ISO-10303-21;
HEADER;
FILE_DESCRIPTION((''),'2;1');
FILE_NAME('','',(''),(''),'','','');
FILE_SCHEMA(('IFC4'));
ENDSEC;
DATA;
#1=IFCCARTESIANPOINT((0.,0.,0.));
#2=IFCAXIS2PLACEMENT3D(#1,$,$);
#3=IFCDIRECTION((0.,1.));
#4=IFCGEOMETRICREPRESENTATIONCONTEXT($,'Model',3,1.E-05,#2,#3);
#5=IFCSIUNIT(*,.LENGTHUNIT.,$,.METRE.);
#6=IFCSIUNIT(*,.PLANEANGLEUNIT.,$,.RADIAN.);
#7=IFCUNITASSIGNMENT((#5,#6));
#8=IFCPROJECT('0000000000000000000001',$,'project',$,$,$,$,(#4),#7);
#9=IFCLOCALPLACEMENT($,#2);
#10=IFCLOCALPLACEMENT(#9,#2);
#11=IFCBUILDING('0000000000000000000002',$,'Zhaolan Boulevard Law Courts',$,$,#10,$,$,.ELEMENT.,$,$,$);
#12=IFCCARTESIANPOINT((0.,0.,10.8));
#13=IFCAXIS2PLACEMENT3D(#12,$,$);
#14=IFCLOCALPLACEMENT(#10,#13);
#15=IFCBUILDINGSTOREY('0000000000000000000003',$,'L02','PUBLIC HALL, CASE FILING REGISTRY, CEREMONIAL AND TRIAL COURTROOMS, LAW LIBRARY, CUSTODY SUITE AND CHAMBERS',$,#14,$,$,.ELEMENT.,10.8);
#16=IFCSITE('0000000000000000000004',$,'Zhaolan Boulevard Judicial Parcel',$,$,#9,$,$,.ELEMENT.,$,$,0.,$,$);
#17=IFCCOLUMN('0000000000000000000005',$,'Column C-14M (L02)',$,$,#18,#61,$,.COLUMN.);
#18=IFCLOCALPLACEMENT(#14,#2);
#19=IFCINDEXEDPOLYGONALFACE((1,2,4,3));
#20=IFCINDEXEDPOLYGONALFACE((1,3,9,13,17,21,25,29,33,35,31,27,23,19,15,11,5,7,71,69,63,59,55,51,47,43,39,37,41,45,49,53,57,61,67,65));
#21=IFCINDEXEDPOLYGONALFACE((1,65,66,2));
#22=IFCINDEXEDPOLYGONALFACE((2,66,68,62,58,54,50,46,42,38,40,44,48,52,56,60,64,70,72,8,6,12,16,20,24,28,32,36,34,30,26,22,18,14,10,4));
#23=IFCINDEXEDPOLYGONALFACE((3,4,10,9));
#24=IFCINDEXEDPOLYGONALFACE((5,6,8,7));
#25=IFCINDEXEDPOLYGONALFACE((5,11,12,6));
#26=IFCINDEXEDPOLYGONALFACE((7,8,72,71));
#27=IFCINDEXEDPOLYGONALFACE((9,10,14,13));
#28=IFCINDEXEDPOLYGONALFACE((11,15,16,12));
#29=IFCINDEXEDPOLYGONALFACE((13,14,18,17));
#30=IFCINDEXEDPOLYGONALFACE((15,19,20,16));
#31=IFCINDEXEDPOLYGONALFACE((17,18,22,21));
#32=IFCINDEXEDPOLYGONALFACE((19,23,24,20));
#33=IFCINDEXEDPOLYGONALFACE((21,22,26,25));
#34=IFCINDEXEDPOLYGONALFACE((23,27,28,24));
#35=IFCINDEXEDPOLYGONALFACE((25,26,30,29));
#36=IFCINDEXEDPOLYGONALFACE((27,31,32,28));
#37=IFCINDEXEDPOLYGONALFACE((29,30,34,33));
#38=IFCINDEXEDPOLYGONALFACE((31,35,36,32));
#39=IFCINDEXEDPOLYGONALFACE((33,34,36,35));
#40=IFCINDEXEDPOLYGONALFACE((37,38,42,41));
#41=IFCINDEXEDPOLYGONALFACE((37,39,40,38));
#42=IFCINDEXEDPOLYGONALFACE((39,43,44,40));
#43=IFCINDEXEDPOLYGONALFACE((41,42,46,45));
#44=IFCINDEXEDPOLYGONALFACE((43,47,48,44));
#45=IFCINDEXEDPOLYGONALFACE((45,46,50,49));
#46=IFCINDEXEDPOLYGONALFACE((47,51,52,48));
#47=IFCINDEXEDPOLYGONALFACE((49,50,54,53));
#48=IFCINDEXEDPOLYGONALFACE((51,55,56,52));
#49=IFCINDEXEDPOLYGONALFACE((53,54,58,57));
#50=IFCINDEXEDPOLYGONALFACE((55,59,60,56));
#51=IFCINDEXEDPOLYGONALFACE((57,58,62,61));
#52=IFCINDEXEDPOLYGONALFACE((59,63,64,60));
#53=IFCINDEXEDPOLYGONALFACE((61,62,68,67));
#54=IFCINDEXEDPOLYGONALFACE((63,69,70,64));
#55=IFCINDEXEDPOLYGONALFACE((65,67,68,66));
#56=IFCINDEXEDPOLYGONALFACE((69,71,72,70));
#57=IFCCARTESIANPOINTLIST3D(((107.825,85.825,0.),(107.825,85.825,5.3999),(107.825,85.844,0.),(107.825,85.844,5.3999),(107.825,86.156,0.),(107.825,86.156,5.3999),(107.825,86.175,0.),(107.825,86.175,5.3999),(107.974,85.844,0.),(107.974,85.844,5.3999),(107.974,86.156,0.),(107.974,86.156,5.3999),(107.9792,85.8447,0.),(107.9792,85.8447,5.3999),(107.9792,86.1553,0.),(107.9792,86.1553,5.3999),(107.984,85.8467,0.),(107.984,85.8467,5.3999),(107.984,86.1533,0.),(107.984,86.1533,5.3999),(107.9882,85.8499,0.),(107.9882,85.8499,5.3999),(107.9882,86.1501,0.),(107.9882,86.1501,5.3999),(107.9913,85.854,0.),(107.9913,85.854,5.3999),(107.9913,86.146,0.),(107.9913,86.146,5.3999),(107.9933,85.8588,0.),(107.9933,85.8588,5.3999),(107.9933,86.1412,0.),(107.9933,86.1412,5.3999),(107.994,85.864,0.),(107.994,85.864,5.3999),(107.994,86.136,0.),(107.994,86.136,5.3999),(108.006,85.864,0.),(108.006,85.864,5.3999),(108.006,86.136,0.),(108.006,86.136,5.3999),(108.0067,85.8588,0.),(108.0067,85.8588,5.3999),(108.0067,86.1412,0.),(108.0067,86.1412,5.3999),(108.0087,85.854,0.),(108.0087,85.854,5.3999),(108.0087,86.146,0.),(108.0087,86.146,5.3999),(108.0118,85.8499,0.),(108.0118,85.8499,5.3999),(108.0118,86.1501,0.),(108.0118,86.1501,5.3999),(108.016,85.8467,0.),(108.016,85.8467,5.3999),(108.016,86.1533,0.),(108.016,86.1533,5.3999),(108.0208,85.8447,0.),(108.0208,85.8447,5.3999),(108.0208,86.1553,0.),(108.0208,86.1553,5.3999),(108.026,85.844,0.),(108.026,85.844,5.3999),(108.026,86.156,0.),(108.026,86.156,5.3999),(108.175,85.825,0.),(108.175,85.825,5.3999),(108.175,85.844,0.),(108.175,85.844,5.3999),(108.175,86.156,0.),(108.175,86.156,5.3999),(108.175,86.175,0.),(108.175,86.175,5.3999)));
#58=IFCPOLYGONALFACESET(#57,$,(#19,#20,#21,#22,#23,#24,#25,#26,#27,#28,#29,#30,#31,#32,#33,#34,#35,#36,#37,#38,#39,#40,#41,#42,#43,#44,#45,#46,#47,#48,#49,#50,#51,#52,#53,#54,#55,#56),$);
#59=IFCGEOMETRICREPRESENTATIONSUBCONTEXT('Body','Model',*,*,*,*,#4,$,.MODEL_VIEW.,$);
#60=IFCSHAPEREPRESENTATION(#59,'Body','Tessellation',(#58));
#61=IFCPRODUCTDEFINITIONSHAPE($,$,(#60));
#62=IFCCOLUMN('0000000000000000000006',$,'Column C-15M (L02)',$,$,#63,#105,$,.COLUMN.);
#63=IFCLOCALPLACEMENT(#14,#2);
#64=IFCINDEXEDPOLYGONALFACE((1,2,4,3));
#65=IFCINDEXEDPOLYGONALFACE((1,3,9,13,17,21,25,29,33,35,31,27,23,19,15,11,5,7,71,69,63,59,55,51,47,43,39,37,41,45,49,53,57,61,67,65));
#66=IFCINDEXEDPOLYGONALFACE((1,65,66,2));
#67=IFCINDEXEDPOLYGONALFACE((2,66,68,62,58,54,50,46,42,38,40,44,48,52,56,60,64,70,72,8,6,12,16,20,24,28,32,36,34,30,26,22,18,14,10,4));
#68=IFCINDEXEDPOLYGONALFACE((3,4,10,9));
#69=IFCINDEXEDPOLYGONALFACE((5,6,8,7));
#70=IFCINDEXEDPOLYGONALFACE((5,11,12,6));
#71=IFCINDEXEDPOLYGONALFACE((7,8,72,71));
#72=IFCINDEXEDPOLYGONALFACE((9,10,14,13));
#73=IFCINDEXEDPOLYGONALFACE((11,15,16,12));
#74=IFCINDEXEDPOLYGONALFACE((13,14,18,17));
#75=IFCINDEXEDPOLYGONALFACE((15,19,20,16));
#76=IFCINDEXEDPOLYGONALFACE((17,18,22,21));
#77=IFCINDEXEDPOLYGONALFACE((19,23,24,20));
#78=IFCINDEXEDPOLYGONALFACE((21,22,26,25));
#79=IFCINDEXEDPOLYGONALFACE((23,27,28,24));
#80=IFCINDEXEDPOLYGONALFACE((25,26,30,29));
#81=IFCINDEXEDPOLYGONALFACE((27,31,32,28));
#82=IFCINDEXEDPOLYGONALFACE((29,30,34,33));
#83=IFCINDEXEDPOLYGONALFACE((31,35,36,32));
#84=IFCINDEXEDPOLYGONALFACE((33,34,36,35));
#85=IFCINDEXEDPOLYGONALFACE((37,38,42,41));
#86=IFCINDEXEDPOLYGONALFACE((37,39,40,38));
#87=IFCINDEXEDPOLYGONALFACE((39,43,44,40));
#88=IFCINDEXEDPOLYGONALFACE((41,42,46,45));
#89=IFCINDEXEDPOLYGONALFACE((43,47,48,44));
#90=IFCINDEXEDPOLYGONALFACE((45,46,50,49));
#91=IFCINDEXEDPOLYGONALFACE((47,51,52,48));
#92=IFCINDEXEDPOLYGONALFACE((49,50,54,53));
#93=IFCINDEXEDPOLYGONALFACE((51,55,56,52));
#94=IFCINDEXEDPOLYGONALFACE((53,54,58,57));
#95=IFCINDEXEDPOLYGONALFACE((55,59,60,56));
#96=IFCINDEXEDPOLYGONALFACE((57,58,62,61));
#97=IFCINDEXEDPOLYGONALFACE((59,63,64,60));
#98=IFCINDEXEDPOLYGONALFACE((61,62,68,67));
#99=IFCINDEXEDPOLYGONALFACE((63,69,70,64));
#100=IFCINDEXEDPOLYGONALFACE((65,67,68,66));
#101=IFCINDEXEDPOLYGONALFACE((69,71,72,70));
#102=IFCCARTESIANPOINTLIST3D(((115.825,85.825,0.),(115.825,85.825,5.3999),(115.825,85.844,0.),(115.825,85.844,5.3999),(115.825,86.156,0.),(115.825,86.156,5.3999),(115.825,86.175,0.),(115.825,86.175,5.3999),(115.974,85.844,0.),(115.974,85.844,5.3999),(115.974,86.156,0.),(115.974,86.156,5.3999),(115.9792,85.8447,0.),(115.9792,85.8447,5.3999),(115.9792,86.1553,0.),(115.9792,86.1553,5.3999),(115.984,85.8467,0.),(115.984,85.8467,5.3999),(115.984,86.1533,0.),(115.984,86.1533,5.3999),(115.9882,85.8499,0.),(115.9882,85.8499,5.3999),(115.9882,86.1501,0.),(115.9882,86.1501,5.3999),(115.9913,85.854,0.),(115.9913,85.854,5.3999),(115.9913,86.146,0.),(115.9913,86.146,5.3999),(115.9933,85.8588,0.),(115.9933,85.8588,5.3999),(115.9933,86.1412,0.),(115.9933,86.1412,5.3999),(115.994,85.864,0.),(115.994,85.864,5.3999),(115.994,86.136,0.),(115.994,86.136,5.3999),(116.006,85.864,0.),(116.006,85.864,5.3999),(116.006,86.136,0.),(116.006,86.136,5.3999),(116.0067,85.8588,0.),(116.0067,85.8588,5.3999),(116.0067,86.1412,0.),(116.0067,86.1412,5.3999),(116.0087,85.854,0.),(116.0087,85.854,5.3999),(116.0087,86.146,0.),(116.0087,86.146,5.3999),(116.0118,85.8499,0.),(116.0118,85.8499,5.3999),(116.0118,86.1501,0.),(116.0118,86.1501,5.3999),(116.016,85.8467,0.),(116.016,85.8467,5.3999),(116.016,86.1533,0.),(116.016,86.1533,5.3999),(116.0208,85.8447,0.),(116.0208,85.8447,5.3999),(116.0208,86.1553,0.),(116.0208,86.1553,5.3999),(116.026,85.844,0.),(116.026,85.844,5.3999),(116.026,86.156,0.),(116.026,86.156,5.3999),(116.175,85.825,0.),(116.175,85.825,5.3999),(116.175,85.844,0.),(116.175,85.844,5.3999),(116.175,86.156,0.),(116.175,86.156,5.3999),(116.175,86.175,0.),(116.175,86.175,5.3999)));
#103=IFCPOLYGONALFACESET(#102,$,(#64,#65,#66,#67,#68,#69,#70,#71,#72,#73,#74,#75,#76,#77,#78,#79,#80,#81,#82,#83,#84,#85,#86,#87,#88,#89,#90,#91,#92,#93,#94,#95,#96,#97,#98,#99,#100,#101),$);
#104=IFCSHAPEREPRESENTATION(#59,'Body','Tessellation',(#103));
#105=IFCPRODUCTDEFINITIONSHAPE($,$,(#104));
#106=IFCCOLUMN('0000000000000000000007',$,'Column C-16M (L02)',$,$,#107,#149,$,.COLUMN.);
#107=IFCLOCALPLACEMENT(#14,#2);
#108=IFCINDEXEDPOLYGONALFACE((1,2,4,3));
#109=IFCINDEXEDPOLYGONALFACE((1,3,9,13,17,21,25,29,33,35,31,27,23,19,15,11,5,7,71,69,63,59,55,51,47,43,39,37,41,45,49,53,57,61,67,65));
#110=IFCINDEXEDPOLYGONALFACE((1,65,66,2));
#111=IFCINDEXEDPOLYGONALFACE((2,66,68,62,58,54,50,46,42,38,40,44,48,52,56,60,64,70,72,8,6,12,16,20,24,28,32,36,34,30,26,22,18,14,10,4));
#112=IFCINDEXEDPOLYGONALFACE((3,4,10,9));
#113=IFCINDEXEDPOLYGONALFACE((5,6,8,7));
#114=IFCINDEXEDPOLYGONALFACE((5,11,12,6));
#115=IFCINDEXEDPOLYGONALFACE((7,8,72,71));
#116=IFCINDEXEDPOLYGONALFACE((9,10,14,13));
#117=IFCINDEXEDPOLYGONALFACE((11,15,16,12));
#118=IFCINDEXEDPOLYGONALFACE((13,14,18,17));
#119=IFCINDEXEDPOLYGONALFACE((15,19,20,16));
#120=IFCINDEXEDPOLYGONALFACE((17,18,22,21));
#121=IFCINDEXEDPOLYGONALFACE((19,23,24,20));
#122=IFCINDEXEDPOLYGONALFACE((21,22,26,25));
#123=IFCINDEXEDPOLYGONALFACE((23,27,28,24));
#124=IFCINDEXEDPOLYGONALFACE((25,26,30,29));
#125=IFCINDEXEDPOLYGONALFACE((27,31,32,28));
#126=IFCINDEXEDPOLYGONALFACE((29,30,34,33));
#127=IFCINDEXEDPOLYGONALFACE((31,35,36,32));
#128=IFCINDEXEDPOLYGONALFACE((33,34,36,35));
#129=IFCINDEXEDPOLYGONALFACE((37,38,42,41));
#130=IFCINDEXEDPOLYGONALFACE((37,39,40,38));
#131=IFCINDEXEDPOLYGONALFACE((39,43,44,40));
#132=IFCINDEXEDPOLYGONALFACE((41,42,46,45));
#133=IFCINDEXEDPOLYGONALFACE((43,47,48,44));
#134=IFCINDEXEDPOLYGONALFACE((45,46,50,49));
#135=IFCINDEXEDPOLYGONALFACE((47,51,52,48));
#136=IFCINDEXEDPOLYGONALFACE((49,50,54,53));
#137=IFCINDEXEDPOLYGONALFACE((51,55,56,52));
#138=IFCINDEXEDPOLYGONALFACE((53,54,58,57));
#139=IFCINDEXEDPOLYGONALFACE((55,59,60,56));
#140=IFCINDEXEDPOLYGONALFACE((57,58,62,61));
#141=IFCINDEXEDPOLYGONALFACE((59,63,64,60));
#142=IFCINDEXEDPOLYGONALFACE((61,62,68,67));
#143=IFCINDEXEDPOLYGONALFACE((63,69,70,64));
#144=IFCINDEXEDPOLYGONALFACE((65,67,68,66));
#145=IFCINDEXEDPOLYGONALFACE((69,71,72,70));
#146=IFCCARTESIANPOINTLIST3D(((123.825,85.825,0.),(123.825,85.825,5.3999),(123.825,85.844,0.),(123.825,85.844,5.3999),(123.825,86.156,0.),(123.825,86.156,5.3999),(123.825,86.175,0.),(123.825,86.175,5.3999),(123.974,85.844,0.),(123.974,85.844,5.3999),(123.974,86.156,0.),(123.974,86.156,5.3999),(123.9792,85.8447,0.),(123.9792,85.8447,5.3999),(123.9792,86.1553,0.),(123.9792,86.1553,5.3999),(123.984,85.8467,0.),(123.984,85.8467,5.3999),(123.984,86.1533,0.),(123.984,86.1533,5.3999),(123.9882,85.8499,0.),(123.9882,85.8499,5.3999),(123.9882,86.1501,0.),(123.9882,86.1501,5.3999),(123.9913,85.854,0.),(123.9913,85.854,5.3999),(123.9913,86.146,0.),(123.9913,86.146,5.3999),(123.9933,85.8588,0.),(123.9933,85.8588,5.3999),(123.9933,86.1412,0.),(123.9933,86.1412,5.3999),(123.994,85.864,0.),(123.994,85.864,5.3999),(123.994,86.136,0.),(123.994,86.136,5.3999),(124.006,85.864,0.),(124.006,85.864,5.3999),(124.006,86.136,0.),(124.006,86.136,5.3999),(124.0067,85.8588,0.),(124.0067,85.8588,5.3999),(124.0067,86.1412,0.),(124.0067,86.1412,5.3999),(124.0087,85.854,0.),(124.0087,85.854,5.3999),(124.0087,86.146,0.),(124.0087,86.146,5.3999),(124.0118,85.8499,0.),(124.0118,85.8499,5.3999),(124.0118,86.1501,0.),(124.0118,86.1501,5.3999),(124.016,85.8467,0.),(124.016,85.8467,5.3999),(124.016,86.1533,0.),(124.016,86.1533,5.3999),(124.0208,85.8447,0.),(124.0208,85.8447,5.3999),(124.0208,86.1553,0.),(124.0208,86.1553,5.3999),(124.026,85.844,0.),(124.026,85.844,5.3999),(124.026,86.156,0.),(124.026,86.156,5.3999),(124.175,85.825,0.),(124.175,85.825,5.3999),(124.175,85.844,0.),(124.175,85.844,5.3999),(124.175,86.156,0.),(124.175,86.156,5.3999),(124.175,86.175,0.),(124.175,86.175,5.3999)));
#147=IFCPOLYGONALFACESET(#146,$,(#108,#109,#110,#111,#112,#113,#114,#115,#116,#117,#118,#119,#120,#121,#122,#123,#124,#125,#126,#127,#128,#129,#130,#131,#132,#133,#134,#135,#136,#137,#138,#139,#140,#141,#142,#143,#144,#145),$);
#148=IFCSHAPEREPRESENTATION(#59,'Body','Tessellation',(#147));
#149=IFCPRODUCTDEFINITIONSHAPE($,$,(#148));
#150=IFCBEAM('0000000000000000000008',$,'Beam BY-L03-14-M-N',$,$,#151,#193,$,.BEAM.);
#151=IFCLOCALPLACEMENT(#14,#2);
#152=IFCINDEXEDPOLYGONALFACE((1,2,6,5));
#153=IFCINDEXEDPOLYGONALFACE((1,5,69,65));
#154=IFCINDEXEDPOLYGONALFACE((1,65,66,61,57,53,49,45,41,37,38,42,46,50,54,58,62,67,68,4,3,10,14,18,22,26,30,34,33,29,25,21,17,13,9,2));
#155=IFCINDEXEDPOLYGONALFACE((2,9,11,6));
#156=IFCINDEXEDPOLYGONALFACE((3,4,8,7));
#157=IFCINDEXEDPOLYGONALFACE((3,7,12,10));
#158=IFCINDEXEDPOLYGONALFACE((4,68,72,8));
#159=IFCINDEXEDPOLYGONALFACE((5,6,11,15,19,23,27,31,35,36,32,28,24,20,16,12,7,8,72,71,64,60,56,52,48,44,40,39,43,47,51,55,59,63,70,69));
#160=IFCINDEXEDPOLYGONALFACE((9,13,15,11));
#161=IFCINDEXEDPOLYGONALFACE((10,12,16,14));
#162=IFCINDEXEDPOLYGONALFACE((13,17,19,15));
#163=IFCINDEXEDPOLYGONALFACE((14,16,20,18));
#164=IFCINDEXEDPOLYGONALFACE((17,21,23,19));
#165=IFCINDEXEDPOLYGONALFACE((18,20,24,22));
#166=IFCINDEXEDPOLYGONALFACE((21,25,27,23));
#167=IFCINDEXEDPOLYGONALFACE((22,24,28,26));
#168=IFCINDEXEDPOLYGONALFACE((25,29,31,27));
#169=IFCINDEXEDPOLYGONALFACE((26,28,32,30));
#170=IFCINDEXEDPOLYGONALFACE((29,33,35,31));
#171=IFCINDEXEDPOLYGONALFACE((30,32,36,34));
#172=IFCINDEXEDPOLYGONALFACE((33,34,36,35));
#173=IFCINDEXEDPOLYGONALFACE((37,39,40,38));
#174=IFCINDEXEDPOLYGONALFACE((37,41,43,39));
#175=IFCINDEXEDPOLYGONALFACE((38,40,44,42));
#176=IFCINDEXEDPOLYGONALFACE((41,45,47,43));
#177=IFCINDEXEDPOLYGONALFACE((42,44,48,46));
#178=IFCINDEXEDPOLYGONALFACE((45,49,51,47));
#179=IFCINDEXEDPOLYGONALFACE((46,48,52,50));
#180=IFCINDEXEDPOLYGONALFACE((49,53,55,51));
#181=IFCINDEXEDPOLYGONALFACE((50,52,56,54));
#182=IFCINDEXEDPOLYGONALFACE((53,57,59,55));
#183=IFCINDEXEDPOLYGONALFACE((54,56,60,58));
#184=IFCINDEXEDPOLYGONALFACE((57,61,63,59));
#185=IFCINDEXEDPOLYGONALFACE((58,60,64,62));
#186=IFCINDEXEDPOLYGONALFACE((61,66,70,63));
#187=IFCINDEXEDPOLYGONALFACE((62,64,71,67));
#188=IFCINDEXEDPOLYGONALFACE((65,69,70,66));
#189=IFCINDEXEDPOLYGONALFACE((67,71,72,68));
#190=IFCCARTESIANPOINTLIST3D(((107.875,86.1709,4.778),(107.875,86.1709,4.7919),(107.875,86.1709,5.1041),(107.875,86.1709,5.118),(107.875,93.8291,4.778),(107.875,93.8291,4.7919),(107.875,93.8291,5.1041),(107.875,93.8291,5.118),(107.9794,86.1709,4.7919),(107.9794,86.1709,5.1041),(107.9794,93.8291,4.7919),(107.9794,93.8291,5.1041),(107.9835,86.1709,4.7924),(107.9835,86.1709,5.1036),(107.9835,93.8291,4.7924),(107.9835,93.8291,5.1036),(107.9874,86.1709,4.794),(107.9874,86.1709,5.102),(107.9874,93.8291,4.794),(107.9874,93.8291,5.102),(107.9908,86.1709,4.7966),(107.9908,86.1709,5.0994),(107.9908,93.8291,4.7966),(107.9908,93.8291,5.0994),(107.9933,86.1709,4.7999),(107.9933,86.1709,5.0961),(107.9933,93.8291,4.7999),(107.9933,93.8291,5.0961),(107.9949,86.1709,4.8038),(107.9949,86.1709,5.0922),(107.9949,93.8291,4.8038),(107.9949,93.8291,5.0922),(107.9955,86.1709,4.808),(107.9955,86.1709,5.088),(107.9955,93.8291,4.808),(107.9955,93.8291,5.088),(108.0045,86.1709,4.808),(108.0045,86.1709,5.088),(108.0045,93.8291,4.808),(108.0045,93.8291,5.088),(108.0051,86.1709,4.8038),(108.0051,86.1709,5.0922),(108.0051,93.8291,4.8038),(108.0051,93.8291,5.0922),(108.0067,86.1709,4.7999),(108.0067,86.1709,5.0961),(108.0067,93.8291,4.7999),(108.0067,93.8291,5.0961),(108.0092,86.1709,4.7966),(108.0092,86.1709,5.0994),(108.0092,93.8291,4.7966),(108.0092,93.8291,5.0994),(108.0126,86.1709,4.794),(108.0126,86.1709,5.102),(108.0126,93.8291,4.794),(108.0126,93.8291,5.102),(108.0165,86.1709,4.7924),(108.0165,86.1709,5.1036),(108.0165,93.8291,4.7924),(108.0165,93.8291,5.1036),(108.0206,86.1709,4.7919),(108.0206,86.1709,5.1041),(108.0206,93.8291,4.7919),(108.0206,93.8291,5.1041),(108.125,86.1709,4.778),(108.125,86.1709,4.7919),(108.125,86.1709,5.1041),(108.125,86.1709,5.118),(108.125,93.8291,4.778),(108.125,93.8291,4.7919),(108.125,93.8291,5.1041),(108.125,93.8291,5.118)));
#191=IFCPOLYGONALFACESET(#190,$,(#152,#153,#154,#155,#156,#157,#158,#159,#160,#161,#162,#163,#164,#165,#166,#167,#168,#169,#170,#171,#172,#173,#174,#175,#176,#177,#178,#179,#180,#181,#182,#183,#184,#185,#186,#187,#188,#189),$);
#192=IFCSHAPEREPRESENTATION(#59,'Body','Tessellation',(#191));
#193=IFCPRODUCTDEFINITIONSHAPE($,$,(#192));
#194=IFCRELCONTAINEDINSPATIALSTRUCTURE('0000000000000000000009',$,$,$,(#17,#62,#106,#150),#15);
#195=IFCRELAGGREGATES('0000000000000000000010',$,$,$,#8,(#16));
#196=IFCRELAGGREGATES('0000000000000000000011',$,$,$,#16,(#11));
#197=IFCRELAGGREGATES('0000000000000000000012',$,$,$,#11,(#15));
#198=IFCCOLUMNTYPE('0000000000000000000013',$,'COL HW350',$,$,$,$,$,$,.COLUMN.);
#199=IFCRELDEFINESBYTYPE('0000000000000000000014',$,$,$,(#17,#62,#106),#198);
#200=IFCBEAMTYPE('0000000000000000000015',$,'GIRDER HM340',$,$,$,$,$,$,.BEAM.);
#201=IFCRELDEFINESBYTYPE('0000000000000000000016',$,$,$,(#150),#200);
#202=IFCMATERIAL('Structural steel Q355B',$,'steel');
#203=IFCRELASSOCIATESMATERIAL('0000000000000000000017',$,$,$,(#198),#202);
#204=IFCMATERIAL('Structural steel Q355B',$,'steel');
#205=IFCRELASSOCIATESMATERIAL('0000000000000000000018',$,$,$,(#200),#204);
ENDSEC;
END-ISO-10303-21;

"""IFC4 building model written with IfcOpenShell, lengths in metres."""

from ifc_helpers import new_model, si_unit, direction, frame, origin, origin_2d, place, context, subcontext, project, spatial, i_section, extrude, material, material_profile, profile_set, type_object, element, save


model = new_model("IFC4")

# Units and contexts
model_context = context("Model", 3, precision=1e-05, world=origin(), true_north=direction((0.0, 1.0)))
body_context = subcontext(model_context, "Body", "Model", "MODEL_VIEW")
ifc_project = project(units=[si_unit("LENGTHUNIT", "METRE"), si_unit("PLANEANGLEUNIT", "RADIAN")], contexts=[model_context])

# Site, building, storey
site_placement = place(None, origin())
site = spatial("IfcSite", under=ifc_project, at=site_placement, Name="Zhaolan Boulevard Judicial Parcel", CompositionType="ELEMENT", RefElevation=0.0)
building_placement = place(site_placement, origin())
building = spatial("IfcBuilding", under=site, at=building_placement, Name="Zhaolan Boulevard Law Courts", CompositionType="ELEMENT")
storey_placement = place(building_placement, frame((0.0, 0.0, 10.8)))
storey = spatial("IfcBuildingStorey", under=building, at=storey_placement, Name="L02", Description="PUBLIC HALL, CASE FILING REGISTRY, CEREMONIAL AND TRIAL COURTROOMS, LAW LIBRARY, CUSTODY SUITE AND CHAMBERS", CompositionType="ELEMENT", Elevation=10.8)

# Columns
ifc_material_1 = material(Name="Structural steel Q355B", Category="steel")
ifc_material_profile_1 = material_profile(ifc_material_1, i_section(OverallWidth=0.3501, OverallDepth=0.3501, WebThickness=0.012, FlangeThickness=0.019, FilletRadius=0.02, at=origin_2d()), Name="HW350x350")
ifc_profile_set_1 = profile_set([ifc_material_profile_1], Name="Structural steel Q355B")
column_type = type_object("IfcColumnType", Name="COL HW350", PredefinedType="COLUMN", material=ifc_profile_set_1)
for number, where, z_axis, x_axis, name in (
    (1, (108.0, 86.0, 0.0), (0.0, 0.0, 1.0), (1.0, 0.0, 0.0), "Column C-14M (L02)"),
    (2, (116.0, 86.0, 0.0), (0.0, 0.0, 1.0), (1.0, 0.0, 0.0), "Column C-15M (L02)"),
    (3, (124.0, 86.0, 0.0), (0.0, 0.0, 1.0), (1.0, 0.0, 0.0), "Column C-16M (L02)"),
):
    element("IfcColumn", number, at=place(storey_placement, frame(where, z_axis=z_axis, x_axis=x_axis)), inside=storey, type_object=column_type, Name=name, PredefinedType="COLUMN", context=body_context, shape_type="SweptSolid", body=[
        extrude(i_section(OverallWidth=0.3501, OverallDepth=0.3501, WebThickness=0.012, FlangeThickness=0.019, FilletRadius=0.02, at=origin_2d()), origin(), (0.0, 0.0, 1.0), 5.3999),
    ])

# Beam
ifc_material_2 = material(Name="Structural steel Q355B", Category="steel")
ifc_material_profile_2 = material_profile(ifc_material_2, i_section(OverallWidth=0.25, OverallDepth=0.3401, WebThickness=0.009, FlangeThickness=0.0139, FilletRadius=0.0161, at=origin_2d()), Name="HM340x250")
ifc_profile_set_2 = profile_set([ifc_material_profile_2], Name="Structural steel Q355B")
beam_type_1 = type_object("IfcBeamType", Name="GIRDER HM340", PredefinedType="BEAM", material=ifc_profile_set_2)
for number, where, z_axis, x_axis, name in (
    (4, (108.0, 86.1709, 4.948), (0.0, 1.0, 0.0), (-1.0, 0.0, 0.0), "Beam BY-L03-14-M-N"),
):
    element("IfcBeam", number, at=place(storey_placement, frame(where, z_axis=z_axis, x_axis=x_axis)), inside=storey, type_object=beam_type_1, Name=name, PredefinedType="BEAM", context=body_context, shape_type="SweptSolid", body=[
        extrude(i_section(OverallWidth=0.25, OverallDepth=0.3401, WebThickness=0.009, FlangeThickness=0.0139, FilletRadius=0.0161, at=origin_2d()), origin(), (0.0, 0.0, 1.0), 7.6582),
    ])

save(model, "model.ifc")
